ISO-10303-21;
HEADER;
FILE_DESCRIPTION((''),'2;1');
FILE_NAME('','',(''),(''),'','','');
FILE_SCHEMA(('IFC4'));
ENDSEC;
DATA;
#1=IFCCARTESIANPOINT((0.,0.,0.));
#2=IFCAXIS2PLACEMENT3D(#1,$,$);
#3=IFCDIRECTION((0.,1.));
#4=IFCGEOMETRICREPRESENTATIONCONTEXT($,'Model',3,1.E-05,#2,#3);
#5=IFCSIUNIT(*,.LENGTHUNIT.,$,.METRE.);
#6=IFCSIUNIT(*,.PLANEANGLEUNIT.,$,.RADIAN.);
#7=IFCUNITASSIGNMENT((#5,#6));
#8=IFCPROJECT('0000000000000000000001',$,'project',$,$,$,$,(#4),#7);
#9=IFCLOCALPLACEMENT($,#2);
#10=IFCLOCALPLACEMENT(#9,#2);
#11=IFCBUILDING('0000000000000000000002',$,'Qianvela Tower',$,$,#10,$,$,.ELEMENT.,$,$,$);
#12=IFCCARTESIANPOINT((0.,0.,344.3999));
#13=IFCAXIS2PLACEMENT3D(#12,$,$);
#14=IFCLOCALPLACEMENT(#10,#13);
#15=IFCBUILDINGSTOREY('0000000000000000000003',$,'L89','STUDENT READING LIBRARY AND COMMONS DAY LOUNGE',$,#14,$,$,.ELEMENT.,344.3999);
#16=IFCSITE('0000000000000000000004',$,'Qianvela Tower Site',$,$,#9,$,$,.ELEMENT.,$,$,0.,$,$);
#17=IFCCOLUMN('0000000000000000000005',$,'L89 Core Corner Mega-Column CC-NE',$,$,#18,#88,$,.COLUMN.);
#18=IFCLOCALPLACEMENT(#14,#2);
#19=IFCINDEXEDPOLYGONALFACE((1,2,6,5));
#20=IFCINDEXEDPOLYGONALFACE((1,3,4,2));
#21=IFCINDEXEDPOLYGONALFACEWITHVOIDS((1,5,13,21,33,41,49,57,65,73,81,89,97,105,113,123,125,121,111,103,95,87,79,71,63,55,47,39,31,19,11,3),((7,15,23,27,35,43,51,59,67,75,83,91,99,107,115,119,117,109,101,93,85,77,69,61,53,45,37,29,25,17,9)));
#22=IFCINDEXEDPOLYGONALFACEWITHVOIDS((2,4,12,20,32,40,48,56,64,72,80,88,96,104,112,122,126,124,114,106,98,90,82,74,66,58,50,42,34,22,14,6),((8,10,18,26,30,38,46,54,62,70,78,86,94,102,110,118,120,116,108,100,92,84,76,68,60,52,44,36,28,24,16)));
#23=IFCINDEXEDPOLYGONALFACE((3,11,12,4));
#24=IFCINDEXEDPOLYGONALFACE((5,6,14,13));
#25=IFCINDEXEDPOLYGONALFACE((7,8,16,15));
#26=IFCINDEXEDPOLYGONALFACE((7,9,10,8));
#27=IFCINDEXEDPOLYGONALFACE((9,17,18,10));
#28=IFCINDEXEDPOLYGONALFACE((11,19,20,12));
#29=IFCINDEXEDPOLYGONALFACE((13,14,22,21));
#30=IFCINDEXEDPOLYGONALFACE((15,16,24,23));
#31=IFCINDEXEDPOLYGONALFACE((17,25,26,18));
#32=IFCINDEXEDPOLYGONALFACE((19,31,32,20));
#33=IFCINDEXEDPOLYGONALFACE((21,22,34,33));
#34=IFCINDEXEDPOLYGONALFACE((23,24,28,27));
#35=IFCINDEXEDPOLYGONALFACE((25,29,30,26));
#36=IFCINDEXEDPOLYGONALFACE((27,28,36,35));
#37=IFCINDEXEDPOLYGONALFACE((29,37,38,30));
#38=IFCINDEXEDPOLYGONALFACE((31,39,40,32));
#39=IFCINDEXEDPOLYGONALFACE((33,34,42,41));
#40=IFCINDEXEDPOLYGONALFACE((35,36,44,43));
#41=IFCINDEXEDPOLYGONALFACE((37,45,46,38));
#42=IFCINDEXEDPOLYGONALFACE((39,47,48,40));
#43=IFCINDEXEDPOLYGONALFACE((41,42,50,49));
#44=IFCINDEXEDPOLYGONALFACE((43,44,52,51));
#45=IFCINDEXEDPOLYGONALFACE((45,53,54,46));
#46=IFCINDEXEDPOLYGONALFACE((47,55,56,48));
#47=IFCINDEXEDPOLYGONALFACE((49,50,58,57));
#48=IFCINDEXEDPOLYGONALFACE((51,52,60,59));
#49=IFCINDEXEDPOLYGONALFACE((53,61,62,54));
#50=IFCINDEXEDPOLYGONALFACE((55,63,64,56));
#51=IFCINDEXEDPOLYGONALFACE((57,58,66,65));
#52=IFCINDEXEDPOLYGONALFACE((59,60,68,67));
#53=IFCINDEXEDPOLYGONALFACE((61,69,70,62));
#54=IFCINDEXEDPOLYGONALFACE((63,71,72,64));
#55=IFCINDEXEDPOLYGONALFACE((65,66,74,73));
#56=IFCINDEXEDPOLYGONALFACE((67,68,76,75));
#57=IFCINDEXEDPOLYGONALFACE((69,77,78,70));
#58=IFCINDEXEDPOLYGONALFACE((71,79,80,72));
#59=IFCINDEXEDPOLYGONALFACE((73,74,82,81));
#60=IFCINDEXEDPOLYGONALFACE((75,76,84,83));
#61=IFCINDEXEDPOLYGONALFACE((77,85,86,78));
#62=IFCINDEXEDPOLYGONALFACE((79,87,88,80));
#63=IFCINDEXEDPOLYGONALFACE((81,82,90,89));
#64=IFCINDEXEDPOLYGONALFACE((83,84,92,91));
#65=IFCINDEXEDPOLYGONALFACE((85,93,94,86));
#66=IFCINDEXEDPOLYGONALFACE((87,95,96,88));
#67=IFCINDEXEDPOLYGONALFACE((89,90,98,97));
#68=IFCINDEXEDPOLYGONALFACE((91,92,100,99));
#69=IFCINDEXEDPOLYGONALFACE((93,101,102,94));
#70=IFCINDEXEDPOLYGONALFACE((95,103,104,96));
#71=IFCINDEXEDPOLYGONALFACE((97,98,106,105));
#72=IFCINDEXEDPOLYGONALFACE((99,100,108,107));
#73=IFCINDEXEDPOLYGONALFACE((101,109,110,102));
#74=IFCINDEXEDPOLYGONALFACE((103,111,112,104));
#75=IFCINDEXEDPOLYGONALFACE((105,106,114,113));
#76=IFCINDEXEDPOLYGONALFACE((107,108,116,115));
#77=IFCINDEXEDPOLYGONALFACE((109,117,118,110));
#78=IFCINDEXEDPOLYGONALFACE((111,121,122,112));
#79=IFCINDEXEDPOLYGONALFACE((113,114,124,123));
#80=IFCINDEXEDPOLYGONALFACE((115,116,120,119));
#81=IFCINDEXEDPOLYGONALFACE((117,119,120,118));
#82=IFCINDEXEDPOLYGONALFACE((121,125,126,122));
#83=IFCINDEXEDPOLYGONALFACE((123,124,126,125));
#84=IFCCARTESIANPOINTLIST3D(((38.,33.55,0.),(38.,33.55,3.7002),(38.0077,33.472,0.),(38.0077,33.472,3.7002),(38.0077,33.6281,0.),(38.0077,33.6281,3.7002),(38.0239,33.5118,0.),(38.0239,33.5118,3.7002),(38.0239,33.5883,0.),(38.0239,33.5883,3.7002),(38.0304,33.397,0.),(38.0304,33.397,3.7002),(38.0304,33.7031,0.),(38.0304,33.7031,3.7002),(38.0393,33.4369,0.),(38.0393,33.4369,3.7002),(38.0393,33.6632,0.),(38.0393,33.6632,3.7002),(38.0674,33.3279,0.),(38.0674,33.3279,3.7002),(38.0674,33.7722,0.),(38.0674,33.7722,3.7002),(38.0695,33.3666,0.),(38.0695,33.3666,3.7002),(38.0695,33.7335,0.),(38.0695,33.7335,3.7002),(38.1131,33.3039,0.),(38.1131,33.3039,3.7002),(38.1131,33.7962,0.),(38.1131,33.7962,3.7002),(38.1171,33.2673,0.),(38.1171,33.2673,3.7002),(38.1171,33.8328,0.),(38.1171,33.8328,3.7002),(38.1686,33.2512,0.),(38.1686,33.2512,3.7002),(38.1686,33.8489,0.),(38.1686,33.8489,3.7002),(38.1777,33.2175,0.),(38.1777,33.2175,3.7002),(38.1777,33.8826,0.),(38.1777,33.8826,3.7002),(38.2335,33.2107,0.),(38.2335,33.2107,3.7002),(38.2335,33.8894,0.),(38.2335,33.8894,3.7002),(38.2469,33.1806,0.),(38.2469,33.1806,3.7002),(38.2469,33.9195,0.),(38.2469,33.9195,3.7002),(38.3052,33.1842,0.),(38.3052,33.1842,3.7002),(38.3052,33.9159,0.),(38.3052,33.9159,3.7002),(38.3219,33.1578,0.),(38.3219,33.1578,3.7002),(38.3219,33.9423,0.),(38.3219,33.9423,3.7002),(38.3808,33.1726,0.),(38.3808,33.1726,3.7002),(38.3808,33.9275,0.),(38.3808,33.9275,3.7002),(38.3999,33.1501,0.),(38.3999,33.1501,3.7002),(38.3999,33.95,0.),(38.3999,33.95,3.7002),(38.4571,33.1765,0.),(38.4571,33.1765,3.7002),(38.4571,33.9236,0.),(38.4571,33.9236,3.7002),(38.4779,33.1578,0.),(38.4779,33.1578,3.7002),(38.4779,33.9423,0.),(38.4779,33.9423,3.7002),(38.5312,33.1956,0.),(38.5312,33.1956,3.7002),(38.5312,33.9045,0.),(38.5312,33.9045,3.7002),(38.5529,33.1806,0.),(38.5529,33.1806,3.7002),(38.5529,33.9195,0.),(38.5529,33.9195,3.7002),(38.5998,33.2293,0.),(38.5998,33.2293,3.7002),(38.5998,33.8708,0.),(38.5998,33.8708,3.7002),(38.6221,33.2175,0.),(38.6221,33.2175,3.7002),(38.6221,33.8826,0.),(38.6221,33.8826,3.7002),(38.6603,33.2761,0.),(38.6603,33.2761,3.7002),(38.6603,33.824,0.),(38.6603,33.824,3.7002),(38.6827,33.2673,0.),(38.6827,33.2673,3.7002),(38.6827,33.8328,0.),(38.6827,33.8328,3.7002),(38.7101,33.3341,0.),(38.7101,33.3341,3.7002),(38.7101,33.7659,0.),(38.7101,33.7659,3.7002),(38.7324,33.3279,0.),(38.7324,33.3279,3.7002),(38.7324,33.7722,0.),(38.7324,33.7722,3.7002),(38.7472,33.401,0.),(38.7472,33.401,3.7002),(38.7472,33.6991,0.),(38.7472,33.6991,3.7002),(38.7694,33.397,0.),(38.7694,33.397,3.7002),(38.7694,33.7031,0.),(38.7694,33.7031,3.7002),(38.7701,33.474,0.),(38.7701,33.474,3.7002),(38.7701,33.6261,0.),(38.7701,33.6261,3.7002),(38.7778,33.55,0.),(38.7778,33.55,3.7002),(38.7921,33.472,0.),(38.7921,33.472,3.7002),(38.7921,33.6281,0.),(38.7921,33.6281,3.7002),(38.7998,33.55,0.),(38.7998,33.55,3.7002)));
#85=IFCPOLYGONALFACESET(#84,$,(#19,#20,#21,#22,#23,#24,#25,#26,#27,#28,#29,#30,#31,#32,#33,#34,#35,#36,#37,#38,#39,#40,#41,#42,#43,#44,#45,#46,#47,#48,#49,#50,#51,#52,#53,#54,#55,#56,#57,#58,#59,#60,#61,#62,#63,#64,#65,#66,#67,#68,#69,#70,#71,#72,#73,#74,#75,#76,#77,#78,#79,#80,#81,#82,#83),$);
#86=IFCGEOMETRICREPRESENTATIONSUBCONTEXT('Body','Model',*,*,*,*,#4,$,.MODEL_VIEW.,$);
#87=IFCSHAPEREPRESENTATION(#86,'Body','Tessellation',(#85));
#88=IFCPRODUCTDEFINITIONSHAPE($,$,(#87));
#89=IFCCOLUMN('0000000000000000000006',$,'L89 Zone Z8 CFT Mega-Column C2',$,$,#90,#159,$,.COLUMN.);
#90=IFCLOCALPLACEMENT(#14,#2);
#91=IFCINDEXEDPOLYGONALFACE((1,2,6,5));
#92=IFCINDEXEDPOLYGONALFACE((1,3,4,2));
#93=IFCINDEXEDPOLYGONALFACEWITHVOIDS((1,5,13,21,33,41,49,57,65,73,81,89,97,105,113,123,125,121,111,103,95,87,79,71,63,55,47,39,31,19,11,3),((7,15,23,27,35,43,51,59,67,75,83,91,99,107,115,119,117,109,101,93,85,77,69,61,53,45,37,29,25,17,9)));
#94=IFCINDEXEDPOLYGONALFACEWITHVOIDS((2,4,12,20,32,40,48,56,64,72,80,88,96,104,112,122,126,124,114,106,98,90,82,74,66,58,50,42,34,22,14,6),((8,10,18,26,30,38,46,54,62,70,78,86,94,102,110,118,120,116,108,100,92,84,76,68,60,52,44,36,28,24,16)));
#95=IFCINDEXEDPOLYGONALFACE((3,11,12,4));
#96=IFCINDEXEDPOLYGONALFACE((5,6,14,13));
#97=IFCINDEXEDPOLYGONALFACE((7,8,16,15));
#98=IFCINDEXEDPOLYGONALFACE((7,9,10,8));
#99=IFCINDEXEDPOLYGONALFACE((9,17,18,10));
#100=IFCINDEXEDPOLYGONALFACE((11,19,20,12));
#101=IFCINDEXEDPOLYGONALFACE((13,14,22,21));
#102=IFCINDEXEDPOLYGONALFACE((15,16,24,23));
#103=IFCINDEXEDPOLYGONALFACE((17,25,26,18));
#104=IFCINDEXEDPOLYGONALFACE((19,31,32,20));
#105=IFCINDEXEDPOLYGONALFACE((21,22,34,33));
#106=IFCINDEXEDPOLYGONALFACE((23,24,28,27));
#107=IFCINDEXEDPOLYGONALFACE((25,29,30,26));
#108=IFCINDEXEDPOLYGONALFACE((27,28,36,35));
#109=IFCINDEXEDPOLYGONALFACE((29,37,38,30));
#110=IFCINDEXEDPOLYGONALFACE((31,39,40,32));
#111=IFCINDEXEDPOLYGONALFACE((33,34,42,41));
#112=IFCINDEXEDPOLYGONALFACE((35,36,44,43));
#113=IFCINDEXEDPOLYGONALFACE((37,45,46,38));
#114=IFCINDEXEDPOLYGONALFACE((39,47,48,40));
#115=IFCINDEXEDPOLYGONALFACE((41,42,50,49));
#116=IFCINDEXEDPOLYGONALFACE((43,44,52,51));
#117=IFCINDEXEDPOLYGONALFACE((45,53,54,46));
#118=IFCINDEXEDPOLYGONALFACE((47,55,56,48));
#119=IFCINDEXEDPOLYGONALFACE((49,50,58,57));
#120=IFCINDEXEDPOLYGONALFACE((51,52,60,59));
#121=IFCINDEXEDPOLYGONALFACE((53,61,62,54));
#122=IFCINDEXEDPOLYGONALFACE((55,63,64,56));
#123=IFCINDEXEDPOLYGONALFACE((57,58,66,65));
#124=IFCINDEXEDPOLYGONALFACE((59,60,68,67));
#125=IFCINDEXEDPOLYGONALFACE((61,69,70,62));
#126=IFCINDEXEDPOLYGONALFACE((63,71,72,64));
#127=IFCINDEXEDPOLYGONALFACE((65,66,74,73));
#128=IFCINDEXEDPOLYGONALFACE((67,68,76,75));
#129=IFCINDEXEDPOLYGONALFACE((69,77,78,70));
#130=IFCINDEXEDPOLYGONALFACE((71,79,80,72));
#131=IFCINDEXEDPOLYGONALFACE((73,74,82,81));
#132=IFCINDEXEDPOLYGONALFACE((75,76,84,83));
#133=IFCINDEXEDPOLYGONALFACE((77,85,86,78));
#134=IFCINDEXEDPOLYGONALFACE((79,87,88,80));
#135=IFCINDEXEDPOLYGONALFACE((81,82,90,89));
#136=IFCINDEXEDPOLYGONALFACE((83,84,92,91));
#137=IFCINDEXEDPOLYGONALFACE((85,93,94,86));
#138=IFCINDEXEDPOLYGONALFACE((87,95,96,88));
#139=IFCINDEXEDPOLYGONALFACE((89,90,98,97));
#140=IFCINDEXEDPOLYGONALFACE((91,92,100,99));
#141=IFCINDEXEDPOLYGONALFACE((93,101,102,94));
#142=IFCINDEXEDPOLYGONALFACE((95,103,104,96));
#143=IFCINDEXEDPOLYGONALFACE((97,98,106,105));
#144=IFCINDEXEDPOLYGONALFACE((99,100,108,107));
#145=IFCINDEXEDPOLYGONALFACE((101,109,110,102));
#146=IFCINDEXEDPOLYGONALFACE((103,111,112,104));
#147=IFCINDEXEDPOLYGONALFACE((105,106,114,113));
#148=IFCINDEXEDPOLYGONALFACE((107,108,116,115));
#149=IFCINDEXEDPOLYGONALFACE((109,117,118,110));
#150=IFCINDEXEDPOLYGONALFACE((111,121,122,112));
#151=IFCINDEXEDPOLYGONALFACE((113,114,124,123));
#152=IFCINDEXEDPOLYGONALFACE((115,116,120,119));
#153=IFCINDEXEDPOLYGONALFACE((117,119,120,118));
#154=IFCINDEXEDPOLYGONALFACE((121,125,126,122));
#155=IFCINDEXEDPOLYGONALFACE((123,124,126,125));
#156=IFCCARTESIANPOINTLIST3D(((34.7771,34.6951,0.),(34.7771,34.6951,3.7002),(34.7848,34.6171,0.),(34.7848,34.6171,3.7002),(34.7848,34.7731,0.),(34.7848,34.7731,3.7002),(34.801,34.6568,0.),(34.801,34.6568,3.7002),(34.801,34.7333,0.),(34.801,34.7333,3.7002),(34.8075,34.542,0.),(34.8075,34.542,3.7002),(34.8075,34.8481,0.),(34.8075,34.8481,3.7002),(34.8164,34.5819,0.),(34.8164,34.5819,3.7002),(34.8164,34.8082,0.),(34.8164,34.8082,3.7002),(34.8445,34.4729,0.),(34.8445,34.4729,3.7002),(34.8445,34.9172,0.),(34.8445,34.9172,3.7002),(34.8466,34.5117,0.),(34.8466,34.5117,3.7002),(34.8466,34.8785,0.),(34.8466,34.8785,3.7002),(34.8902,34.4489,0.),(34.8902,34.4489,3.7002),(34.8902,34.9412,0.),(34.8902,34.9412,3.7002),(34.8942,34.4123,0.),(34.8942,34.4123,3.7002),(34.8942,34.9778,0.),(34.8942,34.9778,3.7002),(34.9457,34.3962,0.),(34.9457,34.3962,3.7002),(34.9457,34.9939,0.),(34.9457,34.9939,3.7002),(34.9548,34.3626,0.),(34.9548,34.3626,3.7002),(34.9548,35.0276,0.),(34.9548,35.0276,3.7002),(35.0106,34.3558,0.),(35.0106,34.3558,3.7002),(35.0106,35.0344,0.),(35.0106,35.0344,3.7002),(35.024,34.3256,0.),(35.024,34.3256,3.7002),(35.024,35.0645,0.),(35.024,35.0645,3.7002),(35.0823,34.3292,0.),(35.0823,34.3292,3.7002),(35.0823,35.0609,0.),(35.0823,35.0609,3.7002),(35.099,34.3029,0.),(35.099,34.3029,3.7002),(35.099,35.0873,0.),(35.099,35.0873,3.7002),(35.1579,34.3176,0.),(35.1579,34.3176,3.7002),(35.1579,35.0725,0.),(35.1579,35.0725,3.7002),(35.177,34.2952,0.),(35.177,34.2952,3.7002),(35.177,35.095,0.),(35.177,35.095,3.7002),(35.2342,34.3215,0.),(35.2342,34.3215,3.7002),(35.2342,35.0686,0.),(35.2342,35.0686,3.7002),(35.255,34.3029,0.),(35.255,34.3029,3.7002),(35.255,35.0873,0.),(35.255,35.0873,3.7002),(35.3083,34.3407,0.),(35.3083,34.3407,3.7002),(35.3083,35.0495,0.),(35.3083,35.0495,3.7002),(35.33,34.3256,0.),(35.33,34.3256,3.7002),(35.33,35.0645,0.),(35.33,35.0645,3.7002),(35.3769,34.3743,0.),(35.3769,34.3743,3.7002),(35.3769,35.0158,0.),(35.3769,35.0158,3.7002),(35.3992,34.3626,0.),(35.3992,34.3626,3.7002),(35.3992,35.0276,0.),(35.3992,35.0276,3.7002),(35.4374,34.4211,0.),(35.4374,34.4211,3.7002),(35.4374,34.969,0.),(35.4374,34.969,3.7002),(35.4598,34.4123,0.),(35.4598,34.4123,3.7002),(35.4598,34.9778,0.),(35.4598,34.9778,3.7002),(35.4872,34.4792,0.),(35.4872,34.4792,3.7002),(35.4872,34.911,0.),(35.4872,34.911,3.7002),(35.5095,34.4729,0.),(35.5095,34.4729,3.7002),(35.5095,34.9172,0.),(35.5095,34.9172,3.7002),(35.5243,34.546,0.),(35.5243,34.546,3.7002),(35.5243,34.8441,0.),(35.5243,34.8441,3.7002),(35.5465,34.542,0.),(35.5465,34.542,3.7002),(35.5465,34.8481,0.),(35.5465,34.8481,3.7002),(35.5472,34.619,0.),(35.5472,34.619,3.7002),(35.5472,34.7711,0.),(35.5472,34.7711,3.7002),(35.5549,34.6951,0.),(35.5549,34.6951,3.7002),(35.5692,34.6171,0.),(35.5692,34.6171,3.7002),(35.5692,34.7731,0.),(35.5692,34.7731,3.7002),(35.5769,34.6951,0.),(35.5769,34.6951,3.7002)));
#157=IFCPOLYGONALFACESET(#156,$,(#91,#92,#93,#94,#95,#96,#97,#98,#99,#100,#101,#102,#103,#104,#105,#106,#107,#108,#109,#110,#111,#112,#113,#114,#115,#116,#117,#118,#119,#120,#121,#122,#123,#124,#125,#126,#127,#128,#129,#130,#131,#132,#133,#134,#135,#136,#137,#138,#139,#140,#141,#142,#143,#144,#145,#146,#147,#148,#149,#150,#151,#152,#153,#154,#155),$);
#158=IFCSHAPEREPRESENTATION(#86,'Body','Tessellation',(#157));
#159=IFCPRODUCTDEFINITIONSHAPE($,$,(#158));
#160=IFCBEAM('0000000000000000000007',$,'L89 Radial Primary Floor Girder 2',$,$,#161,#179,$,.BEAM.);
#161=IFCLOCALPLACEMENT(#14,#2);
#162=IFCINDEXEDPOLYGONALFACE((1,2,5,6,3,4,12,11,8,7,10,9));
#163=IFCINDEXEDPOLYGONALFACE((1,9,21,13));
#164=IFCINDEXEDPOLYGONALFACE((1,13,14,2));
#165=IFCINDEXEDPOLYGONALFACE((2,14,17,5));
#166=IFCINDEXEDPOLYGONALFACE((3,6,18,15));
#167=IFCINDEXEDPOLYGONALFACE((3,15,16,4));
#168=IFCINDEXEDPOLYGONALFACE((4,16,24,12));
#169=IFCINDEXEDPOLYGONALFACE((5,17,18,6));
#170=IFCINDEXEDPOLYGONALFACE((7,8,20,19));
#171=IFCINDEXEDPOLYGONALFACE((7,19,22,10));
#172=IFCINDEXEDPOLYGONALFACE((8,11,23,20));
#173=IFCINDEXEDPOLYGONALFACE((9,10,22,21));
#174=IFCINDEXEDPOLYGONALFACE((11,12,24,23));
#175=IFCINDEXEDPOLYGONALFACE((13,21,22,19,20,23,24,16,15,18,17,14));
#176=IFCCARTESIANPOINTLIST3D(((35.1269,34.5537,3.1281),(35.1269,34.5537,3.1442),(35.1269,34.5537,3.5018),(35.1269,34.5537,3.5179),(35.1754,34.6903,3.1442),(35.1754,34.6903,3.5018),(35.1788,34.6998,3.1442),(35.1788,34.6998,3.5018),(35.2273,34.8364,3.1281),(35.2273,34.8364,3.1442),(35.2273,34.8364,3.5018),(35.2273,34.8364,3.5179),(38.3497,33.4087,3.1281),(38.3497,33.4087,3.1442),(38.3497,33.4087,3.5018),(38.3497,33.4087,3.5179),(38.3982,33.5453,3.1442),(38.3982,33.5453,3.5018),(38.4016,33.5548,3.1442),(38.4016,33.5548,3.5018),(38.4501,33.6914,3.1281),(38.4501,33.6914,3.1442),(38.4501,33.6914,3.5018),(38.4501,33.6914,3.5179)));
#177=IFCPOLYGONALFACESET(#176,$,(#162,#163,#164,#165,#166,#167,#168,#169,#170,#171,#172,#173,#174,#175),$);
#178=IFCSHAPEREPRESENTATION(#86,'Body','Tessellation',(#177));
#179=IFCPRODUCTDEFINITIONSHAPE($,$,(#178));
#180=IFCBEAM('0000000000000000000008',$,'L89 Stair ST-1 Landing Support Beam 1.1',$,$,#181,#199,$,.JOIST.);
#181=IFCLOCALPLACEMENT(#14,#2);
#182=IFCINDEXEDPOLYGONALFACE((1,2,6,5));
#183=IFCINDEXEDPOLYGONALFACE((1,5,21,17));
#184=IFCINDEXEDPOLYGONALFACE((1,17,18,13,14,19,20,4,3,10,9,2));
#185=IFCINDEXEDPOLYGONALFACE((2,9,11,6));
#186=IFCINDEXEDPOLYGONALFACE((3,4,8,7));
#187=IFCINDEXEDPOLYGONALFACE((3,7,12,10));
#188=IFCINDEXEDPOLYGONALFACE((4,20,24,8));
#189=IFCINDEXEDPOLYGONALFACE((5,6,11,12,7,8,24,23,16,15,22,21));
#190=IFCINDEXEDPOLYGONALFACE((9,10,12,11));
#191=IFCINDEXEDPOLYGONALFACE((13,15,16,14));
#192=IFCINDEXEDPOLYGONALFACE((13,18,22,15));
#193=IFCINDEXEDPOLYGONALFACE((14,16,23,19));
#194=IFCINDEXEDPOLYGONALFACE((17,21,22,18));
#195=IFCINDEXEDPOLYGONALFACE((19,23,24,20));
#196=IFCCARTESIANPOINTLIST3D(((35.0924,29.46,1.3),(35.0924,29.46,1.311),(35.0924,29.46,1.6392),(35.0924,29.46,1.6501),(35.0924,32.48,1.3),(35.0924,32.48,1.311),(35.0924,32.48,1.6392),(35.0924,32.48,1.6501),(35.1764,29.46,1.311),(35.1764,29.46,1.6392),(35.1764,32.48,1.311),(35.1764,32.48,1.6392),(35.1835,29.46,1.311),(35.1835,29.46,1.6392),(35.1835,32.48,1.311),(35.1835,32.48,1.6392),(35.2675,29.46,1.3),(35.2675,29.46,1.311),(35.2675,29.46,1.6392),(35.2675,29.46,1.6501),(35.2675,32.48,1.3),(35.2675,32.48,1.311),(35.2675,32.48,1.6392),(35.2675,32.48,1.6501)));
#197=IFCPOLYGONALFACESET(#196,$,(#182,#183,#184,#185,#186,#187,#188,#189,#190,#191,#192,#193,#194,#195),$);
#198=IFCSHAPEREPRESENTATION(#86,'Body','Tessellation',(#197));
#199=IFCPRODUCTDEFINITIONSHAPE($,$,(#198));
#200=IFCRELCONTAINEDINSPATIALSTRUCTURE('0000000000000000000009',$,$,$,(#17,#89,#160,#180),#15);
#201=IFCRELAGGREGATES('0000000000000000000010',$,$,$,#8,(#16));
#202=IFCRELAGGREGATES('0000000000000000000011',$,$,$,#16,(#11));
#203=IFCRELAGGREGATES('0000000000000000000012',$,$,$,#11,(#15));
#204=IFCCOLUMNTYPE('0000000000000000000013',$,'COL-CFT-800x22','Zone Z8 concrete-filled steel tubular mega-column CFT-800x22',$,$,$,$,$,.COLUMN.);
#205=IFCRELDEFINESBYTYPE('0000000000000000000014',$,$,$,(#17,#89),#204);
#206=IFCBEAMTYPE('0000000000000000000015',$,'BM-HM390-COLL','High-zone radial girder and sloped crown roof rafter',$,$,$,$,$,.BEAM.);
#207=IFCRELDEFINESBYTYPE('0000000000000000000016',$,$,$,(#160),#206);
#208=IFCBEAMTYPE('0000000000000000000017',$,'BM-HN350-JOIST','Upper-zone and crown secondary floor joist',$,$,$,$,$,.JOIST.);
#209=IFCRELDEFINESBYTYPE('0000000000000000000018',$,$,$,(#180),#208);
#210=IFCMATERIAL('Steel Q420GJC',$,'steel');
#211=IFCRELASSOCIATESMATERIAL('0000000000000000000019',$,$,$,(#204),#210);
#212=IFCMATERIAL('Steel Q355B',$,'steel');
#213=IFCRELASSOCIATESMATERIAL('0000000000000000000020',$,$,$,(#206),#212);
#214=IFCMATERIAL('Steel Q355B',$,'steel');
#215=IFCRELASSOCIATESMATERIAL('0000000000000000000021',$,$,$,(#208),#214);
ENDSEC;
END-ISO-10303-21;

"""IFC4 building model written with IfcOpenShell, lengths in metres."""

from ifc_helpers import new_model, si_unit, direction, frame, origin, origin_2d, place, context, subcontext, project, spatial, hollow_circle, i_section, extrude, material, material_profile, profile_set, type_object, element, save


model = new_model("IFC4")

# Units and contexts
model_context = context("Model", 3, precision=1e-05, world=origin(), true_north=direction((0.0, 1.0)))
body_context = subcontext(model_context, "Body", "Model", "MODEL_VIEW")
ifc_project = project(units=[si_unit("LENGTHUNIT", "METRE"), si_unit("PLANEANGLEUNIT", "RADIAN")], contexts=[model_context])

# Site, building, storey
site_placement = place(None, origin())
site = spatial("IfcSite", under=ifc_project, at=site_placement, Name="Qianvela Tower Site", CompositionType="ELEMENT", RefElevation=0.0)
building_placement = place(site_placement, origin())
building = spatial("IfcBuilding", under=site, at=building_placement, Name="Qianvela Tower", CompositionType="ELEMENT")
storey_placement = place(building_placement, frame((0.0, 0.0, 344.3999)))
storey = spatial("IfcBuildingStorey", under=building, at=storey_placement, Name="L89", Description="STUDENT READING LIBRARY AND COMMONS DAY LOUNGE", CompositionType="ELEMENT", Elevation=344.3999)

# Columns
ifc_material_1 = material(Name="Steel Q420GJC", Category="steel")
ifc_material_profile_1 = material_profile(ifc_material_1, hollow_circle(Radius=0.3999, WallThickness=0.022, at=origin_2d()), Name="CFT-800x22")
ifc_profile_set_1 = profile_set([ifc_material_profile_1], Name="Steel Q420GJC")
column_type = type_object("IfcColumnType", Name="COL-CFT-800x22", Description="Zone Z8 concrete-filled steel tubular mega-column CFT-800x22", PredefinedType="COLUMN", material=ifc_profile_set_1)
for number, where, z_axis, x_axis, name in (
    (1, (38.3999, 33.55, 0.0), (0.0, 0.0, 1.0), (1.0, 0.0, 0.0), "L89 Core Corner Mega-Column CC-NE"),
    (2, (35.177, 34.6951, 0.0), (0.0, 0.0, 1.0), (1.0, 0.0, 0.0), "L89 Zone Z8 CFT Mega-Column C2"),
):
    element("IfcColumn", number, at=place(storey_placement, frame(where, z_axis=z_axis, x_axis=x_axis)), inside=storey, type_object=column_type, Name=name, PredefinedType="COLUMN", context=body_context, shape_type="SweptSolid", body=[
        extrude(hollow_circle(Radius=0.3999, WallThickness=0.022, at=origin_2d()), origin(), (0.0, 0.0, 1.0), 3.7002),
    ])

# Beams
ifc_material_2 = material(Name="Steel Q355B", Category="steel")
ifc_material_profile_2 = material_profile(ifc_material_2, i_section(OverallWidth=0.3, OverallDepth=0.3899, WebThickness=0.01, FlangeThickness=0.0161, at=origin_2d()), Name="HM390x300x10x16")
ifc_profile_set_2 = profile_set([ifc_material_profile_2], Name="Steel Q355B")
beam_type_1 = type_object("IfcBeamType", Name="BM-HM390-COLL", Description="High-zone radial girder and sloped crown roof rafter", PredefinedType="BEAM", material=ifc_profile_set_2)
beam_1_placement = place(storey_placement, frame((38.3999, 33.55, 3.323), z_axis=(-0.942298, 0.334776, 0.0), x_axis=(-0.334776, -0.942298, 0.0)))
element("IfcBeam", 3, at=beam_1_placement, inside=storey, type_object=beam_type_1, Name="L89 Radial Primary Floor Girder 2", PredefinedType="BEAM", context=body_context, shape_type="SweptSolid", body=[
    extrude(i_section(OverallWidth=0.3, OverallDepth=0.3899, WebThickness=0.01, FlangeThickness=0.0161, at=origin_2d()), origin(), (0.0, 0.0, 1.0), 3.4202),
])
ifc_material_3 = material(Name="Steel Q355B", Category="steel")
ifc_material_profile_3 = material_profile(ifc_material_3, i_section(OverallWidth=0.175, OverallDepth=0.3501, WebThickness=0.0071, FlangeThickness=0.011, at=origin_2d()), Name="HN350x175x7x11")
ifc_profile_set_3 = profile_set([ifc_material_profile_3], Name="Steel Q355B")
beam_type_2 = type_object("IfcBeamType", Name="BM-HN350-JOIST", Description="Upper-zone and crown secondary floor joist", PredefinedType="JOIST", material=ifc_profile_set_3)
for number, where, z_axis, x_axis, name in (
    (4, (35.1799, 29.46, 1.4751), (0.0, 1.0, 0.0), (-1.0, 0.0, 0.0), "L89 Stair ST-1 Landing Support Beam 1.1"),
):
    element("IfcBeam", number, at=place(storey_placement, frame(where, z_axis=z_axis, x_axis=x_axis)), inside=storey, type_object=beam_type_2, Name=name, PredefinedType="JOIST", context=body_context, shape_type="SweptSolid", body=[
        extrude(i_section(OverallWidth=0.175, OverallDepth=0.3501, WebThickness=0.0071, FlangeThickness=0.011, at=origin_2d()), origin(), (0.0, 0.0, 1.0), 3.02),
    ])

save(model, "model.ifc")
